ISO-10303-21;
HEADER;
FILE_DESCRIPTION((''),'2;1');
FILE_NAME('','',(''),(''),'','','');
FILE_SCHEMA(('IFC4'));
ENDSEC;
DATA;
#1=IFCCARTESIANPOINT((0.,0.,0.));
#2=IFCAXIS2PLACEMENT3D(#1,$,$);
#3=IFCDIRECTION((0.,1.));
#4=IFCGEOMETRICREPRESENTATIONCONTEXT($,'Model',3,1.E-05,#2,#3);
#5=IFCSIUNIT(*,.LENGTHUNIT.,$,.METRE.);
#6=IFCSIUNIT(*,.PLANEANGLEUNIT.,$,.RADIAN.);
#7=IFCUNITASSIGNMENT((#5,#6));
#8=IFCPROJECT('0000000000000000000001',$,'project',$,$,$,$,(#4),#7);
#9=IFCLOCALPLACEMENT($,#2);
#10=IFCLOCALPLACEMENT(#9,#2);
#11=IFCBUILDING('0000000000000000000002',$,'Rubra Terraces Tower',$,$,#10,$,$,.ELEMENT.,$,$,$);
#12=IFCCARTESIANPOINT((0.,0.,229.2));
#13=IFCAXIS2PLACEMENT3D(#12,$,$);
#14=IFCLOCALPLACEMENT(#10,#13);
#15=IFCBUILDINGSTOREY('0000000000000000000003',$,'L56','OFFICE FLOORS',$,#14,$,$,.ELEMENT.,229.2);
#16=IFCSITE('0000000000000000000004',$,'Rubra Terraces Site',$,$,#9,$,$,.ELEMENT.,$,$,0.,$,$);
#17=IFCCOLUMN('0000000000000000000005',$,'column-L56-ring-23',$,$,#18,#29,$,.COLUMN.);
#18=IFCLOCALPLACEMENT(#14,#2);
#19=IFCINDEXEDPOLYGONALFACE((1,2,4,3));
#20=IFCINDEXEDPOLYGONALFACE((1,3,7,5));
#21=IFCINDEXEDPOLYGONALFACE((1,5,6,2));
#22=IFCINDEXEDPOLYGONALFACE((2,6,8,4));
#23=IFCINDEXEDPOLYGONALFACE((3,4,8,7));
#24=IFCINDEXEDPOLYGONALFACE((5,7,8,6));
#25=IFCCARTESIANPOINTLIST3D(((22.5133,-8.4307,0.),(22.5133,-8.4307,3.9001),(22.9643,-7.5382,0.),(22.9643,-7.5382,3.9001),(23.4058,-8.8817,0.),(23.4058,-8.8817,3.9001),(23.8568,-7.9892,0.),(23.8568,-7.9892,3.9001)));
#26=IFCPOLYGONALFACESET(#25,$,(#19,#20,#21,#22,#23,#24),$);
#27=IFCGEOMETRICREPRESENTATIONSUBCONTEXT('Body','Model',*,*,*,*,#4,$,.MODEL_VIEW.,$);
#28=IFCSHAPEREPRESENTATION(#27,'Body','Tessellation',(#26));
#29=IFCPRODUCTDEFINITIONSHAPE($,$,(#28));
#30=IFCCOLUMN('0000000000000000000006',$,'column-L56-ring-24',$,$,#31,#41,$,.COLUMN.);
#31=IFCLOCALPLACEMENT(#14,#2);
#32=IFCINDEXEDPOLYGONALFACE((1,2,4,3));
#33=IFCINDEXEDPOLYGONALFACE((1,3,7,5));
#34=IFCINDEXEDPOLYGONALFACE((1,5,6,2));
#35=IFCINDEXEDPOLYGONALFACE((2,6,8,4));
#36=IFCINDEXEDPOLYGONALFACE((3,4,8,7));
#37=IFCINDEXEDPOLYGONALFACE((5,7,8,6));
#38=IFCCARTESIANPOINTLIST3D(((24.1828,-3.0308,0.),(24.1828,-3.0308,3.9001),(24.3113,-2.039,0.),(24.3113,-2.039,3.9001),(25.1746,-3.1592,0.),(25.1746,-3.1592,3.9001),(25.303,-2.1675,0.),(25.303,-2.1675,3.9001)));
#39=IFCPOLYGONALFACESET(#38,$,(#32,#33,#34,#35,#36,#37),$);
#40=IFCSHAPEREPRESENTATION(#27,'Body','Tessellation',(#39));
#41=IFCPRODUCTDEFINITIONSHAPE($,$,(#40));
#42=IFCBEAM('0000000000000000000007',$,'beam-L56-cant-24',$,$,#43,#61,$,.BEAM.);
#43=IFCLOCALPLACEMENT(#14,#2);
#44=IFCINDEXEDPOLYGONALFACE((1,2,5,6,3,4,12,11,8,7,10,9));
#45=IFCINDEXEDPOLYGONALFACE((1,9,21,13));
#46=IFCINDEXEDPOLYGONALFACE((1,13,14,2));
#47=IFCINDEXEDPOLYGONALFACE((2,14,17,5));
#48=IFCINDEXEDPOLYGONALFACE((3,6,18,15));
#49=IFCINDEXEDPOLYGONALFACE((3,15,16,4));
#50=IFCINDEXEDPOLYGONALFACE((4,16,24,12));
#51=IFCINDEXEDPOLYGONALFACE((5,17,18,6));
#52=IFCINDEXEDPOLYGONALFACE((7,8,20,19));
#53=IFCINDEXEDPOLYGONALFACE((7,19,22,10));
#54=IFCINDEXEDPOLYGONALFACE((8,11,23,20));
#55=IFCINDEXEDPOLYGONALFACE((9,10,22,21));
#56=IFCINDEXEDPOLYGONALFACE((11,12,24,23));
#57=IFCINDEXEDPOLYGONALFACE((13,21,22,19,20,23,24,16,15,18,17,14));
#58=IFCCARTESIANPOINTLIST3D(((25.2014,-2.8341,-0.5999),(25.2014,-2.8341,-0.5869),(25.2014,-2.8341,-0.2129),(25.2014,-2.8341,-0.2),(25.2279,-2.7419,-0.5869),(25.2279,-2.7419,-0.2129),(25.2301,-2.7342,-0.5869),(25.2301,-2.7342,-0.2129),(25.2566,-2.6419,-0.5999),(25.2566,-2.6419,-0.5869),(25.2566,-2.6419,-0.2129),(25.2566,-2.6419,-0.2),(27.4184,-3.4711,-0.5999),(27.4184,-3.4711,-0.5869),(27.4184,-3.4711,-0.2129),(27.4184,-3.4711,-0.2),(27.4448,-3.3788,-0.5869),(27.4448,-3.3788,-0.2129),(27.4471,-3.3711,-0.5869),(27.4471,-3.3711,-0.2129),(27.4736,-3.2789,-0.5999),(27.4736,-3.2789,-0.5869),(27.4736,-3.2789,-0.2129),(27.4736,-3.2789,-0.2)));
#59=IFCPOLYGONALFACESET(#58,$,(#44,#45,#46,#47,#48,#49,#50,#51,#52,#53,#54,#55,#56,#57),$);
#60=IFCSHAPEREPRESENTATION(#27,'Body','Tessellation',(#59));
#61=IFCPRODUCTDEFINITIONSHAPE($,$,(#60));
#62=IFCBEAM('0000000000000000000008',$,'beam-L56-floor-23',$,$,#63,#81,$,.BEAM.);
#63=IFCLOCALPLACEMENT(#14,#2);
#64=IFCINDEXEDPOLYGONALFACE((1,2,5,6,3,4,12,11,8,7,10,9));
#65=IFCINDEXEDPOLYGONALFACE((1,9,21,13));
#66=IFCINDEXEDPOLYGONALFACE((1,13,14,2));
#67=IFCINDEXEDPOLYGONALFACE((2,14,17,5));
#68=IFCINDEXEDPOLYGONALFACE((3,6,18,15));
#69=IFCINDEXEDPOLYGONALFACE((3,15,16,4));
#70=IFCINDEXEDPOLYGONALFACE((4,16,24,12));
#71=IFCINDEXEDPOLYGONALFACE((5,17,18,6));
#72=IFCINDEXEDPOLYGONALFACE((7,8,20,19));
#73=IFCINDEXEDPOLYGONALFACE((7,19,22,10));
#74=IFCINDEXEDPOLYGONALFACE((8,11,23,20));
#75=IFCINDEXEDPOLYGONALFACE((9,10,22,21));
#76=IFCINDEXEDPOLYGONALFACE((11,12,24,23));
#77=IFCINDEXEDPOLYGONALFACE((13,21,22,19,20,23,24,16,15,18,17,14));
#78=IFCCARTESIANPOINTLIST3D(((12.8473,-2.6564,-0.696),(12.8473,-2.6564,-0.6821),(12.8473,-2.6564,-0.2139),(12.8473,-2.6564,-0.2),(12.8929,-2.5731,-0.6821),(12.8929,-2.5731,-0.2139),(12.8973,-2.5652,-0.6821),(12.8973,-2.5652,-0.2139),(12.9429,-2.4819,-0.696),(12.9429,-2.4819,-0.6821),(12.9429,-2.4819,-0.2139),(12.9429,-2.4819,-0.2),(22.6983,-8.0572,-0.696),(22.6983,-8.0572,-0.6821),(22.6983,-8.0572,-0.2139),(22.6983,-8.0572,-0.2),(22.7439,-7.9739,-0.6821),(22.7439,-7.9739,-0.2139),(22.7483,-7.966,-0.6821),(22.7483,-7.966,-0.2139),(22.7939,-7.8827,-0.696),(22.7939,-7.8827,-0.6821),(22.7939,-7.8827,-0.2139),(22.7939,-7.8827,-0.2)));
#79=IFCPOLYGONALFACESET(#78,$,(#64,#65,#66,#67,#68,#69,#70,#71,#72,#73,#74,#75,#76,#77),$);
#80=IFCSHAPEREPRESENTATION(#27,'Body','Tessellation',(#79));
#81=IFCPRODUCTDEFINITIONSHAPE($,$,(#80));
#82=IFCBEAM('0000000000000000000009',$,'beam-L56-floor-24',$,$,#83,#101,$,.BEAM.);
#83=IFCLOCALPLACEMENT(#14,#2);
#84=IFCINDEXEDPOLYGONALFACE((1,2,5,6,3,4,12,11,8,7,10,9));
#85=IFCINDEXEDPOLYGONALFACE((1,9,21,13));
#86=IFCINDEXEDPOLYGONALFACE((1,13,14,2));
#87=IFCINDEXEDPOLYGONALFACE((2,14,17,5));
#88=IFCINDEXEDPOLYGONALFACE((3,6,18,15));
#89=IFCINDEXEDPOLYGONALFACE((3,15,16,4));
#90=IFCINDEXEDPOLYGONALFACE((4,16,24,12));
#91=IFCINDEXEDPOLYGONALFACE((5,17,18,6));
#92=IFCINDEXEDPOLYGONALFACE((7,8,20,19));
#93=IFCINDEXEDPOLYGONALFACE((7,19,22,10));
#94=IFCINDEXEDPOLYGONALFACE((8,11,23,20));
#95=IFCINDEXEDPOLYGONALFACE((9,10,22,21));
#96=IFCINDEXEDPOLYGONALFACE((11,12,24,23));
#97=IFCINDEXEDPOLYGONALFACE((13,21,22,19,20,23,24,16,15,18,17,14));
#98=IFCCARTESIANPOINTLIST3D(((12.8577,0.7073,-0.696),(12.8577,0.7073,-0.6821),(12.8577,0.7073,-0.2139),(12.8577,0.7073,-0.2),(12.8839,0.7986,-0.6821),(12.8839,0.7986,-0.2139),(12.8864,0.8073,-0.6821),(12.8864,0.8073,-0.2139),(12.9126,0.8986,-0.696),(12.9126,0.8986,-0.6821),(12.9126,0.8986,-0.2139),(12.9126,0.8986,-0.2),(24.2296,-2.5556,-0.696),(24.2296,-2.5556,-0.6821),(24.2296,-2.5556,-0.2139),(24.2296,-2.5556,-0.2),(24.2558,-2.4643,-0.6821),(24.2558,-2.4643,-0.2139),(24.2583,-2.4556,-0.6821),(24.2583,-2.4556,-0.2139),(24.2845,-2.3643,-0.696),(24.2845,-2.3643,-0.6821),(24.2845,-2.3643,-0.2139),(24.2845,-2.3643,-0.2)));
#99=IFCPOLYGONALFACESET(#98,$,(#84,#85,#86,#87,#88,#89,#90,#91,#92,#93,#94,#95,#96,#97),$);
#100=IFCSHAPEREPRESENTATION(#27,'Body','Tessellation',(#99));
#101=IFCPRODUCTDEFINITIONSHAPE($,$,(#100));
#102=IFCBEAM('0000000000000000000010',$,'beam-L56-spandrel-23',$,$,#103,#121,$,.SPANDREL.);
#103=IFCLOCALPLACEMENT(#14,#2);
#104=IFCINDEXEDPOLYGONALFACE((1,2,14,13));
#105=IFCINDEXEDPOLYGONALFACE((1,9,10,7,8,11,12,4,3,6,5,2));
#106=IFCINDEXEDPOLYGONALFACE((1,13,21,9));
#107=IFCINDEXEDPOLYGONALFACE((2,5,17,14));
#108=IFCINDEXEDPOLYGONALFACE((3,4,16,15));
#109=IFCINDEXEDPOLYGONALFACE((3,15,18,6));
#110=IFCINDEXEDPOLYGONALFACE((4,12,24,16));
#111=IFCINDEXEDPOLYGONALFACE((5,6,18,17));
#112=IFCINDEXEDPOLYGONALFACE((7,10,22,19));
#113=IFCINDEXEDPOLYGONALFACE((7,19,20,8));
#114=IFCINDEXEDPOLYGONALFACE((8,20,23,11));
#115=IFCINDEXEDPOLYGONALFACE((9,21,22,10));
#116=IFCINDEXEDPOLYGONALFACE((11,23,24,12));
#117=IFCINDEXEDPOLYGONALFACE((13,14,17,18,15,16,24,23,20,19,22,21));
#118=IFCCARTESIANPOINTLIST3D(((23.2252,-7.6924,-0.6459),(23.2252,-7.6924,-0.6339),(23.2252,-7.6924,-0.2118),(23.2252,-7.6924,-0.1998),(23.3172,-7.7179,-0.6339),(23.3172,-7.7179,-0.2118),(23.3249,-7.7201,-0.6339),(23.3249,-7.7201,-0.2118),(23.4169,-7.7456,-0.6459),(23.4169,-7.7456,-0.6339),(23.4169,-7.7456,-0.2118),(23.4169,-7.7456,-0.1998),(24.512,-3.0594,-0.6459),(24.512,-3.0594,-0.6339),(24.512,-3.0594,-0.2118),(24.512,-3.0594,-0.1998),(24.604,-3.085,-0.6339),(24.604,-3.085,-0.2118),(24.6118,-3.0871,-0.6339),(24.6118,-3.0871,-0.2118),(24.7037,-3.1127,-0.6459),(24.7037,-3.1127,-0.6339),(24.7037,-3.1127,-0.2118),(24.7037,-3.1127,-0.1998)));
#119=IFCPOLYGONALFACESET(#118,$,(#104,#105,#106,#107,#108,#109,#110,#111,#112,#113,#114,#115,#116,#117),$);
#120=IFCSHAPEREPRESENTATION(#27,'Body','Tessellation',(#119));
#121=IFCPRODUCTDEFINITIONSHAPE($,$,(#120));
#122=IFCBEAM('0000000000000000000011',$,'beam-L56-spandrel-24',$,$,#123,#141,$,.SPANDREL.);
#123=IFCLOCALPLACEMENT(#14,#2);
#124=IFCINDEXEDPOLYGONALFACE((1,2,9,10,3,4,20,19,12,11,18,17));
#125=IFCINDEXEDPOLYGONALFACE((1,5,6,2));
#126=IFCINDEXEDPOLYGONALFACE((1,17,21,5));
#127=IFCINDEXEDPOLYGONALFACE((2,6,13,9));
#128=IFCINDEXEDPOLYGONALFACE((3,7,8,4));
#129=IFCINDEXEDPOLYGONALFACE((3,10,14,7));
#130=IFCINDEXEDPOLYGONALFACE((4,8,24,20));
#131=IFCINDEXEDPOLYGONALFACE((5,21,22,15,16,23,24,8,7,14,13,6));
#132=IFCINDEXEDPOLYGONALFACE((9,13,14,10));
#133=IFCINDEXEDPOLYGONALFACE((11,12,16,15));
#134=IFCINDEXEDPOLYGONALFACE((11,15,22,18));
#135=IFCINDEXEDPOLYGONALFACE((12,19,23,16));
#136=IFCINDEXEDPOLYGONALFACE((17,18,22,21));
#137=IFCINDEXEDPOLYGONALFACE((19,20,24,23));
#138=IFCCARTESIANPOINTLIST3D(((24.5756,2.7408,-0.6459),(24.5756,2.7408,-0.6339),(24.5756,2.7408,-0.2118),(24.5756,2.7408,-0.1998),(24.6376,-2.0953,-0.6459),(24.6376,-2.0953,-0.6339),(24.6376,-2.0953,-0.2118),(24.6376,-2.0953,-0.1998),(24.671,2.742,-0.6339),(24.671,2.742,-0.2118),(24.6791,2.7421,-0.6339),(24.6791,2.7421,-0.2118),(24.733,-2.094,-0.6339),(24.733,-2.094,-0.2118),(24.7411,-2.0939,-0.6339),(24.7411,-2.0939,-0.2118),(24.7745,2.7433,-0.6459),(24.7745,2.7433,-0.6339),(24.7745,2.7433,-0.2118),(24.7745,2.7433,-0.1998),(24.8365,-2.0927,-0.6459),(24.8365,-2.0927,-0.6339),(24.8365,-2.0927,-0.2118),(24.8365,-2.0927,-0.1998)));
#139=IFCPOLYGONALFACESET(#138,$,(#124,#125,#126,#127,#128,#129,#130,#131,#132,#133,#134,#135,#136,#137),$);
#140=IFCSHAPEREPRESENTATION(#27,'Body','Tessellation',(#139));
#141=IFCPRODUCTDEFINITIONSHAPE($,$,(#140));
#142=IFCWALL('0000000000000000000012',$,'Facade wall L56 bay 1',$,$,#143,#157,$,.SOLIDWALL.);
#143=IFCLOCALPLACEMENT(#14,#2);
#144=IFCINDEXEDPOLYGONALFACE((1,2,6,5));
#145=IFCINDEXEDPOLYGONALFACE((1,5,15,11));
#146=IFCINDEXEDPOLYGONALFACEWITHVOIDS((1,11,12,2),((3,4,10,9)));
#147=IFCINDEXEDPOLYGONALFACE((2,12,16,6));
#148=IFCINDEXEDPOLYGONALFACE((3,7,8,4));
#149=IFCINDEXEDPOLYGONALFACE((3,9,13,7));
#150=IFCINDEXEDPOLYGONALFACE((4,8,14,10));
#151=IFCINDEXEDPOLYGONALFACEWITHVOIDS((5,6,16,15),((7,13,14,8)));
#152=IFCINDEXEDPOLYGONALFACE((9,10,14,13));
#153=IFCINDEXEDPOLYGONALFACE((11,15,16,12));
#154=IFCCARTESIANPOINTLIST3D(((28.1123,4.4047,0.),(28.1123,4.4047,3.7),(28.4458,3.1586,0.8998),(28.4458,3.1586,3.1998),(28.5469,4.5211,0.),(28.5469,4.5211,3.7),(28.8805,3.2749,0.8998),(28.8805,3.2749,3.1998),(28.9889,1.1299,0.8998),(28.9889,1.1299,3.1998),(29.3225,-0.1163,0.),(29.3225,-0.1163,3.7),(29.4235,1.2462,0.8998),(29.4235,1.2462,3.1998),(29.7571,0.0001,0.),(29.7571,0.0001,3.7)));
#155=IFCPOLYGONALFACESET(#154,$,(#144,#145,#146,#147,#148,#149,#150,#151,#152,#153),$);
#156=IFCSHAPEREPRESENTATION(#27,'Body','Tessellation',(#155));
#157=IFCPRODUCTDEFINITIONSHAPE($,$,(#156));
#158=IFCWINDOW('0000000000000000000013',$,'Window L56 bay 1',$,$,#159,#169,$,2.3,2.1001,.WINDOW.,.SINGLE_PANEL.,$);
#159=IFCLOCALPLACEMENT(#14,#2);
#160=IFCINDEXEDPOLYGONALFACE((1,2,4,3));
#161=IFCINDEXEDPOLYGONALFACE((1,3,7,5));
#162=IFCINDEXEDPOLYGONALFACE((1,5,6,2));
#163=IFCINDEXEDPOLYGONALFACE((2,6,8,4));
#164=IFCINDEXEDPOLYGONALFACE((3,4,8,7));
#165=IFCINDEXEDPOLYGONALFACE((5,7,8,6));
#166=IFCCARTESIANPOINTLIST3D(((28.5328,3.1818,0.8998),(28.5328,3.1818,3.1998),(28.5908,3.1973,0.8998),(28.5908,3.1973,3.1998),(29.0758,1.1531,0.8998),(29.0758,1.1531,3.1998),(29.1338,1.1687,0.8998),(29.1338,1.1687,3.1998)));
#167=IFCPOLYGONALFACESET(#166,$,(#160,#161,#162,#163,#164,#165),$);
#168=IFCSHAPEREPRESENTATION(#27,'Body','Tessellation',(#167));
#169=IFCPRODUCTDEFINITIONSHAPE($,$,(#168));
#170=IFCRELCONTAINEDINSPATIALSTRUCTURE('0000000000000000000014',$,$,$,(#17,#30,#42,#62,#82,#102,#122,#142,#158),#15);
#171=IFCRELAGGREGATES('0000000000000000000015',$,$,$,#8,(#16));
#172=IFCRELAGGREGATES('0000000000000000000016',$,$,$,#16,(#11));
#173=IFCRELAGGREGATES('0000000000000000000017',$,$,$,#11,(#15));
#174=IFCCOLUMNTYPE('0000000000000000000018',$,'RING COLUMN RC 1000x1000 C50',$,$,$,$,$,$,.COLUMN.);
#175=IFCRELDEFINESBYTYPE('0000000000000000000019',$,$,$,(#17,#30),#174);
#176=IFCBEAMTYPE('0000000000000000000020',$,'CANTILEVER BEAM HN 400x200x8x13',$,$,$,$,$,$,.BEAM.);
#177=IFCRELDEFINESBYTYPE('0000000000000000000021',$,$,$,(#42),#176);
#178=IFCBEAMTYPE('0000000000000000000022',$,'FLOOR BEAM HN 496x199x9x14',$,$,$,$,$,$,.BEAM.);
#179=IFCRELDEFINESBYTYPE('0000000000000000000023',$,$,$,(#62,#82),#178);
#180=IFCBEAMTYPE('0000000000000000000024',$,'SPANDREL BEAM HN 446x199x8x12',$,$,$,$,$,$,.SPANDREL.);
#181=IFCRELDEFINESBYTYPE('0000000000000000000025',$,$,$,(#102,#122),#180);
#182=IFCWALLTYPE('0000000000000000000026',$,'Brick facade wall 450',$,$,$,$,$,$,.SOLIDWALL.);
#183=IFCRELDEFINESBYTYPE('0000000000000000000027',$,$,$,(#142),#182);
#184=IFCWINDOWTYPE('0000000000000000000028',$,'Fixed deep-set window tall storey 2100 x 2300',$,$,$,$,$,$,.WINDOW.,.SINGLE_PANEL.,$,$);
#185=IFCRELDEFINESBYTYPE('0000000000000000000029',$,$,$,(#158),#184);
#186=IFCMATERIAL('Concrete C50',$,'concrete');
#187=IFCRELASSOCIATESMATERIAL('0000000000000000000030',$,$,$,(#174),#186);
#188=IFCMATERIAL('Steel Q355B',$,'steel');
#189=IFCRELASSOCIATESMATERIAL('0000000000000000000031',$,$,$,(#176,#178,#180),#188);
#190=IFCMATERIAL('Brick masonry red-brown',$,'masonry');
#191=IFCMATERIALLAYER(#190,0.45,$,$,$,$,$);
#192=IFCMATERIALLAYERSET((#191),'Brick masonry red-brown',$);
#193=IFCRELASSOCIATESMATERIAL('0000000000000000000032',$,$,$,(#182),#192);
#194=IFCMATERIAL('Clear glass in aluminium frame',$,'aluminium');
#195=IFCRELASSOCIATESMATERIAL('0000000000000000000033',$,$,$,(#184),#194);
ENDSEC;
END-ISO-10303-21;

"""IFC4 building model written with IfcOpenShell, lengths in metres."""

from ifc_helpers import new_model, si_unit, direction, frame, frame_2d, origin, origin_2d, place, context, subcontext, project, spatial, rectangle, i_section, extrude, material, layer, layer_set, material_profile, profile_set, type_object, element, fill, save


model = new_model("IFC4")

# Units and contexts
model_context = context("Model", 3, precision=1e-05, world=origin(), true_north=direction((0.0, 1.0)))
body_context = subcontext(model_context, "Body", "Model", "MODEL_VIEW")
ifc_project = project(units=[si_unit("LENGTHUNIT", "METRE"), si_unit("PLANEANGLEUNIT", "RADIAN")], contexts=[model_context])

# Site, building, storey
site_placement = place(None, origin())
site = spatial("IfcSite", under=ifc_project, at=site_placement, Name="Rubra Terraces Site", CompositionType="ELEMENT", RefElevation=0.0)
building_placement = place(site_placement, origin())
building = spatial("IfcBuilding", under=site, at=building_placement, Name="Rubra Terraces Tower", CompositionType="ELEMENT")
storey_placement = place(building_placement, frame((0.0, 0.0, 229.2)))
storey = spatial("IfcBuildingStorey", under=building, at=storey_placement, Name="L56", Description="OFFICE FLOORS", CompositionType="ELEMENT", Elevation=229.2)

# Columns
ifc_material_1 = material(Name="Concrete C50", Category="concrete")
ifc_material_profile_1 = material_profile(ifc_material_1, rectangle(XDim=1.0, YDim=1.0, at=origin_2d()), Name="RC 1000x1000")
ifc_profile_set_1 = profile_set([ifc_material_profile_1], Name="Concrete C50")
column_type = type_object("IfcColumnType", Name="RING COLUMN RC 1000x1000 C50", PredefinedType="COLUMN", material=ifc_profile_set_1)
for number, where, z_axis, x_axis, name in (
    (1, (23.1851, -8.21, 0.0), (0.0, 0.0, 1.0), (0.451028, 0.89251, 0.0), "column-L56-ring-23"),
    (2, (24.7429, -2.5991, 0.0), (0.0, 0.0, 1.0), (0.128444, 0.991717, 0.0), "column-L56-ring-24"),
):
    element("IfcColumn", number, at=place(storey_placement, frame(where, z_axis=z_axis, x_axis=x_axis)), inside=storey, type_object=column_type, Name=name, PredefinedType="COLUMN", context=body_context, shape_type="SweptSolid", body=[
        extrude(rectangle(XDim=1.0, YDim=1.0, at=origin_2d()), origin(), (0.0, 0.0, 1.0), 3.9001),
    ])

# Beams
ifc_material_2 = material(Name="Steel Q355B", Category="steel")
ifc_material_profile_2 = material_profile(ifc_material_2, i_section(OverallWidth=0.2, OverallDepth=0.3999, WebThickness=0.0081, FlangeThickness=0.0129, at=origin_2d()), Name="HN 400x200x8x13")
ifc_profile_set_2 = profile_set([ifc_material_profile_2], Name="Steel Q355B")
beam_type_1 = type_object("IfcBeamType", Name="CANTILEVER BEAM HN 400x200x8x13", PredefinedType="BEAM", material=ifc_profile_set_2)
beam_1_placement = place(storey_placement, frame((25.229, -2.738, -0.3999), z_axis=(0.96112, -0.276133, 0.0), x_axis=(0.276133, 0.96112, 0.0)))
element("IfcBeam", 3, at=beam_1_placement, inside=storey, type_object=beam_type_1, Name="beam-L56-cant-24", PredefinedType="BEAM", context=body_context, shape_type="SweptSolid", body=[
    extrude(i_section(OverallWidth=0.2, OverallDepth=0.3999, WebThickness=0.0081, FlangeThickness=0.0129, at=origin_2d()), origin(), (0.0, 0.0, 1.0), 2.3066),
])
ifc_material_profile_3 = material_profile(ifc_material_2, i_section(OverallWidth=0.199, OverallDepth=0.4961, WebThickness=0.009, FlangeThickness=0.0139, at=origin_2d()), Name="HN 496x199x9x14")
ifc_profile_set_3 = profile_set([ifc_material_profile_3], Name="Steel Q355B")
beam_type_2 = type_object("IfcBeamType", Name="FLOOR BEAM HN 496x199x9x14", PredefinedType="BEAM", material=ifc_profile_set_3)
beam_2_placement = place(storey_placement, frame((22.7461, -7.97, -0.448), z_axis=(-0.876862, 0.480742, 0.0), x_axis=(-0.480742, -0.876862, 0.0)))
element("IfcBeam", 4, at=beam_2_placement, inside=storey, type_object=beam_type_2, Name="beam-L56-floor-23", PredefinedType="BEAM", context=body_context, shape_type="SweptSolid", body=[
    extrude(i_section(OverallWidth=0.199, OverallDepth=0.4961, WebThickness=0.009, FlangeThickness=0.0139, at=origin_2d()), origin(), (0.0, 0.0, 1.0), 11.2344),
])
beam_3_placement = place(storey_placement, frame((24.2571, -2.46, -0.448), z_axis=(-0.961216, 0.275798, 0.0), x_axis=(-0.275798, -0.961216, 0.0)))
element("IfcBeam", 5, at=beam_3_placement, inside=storey, type_object=beam_type_2, Name="beam-L56-floor-24", PredefinedType="BEAM", context=body_context, shape_type="SweptSolid", body=[
    extrude(i_section(OverallWidth=0.199, OverallDepth=0.4961, WebThickness=0.009, FlangeThickness=0.0139, at=origin_2d()), origin(), (0.0, 0.0, 1.0), 11.8308),
])
ifc_material_profile_4 = material_profile(ifc_material_2, i_section(OverallWidth=0.199, OverallDepth=0.446, WebThickness=0.0081, FlangeThickness=0.012, at=origin_2d()), Name="HN 446x199x8x12")
ifc_profile_set_4 = profile_set([ifc_material_profile_4], Name="Steel Q355B")
beam_type_3 = type_object("IfcBeamType", Name="SPANDREL BEAM HN 446x199x8x12", PredefinedType="SPANDREL", material=ifc_profile_set_4)
beam_4_placement = place(storey_placement, frame((23.321, -7.719, -0.4229), z_axis=(0.267626, 0.963523, 0.0), x_axis=(-0.963523, 0.267626, 0.0)))
element("IfcBeam", 6, at=beam_4_placement, inside=storey, type_object=beam_type_3, Name="beam-L56-spandrel-23", PredefinedType="SPANDREL", context=body_context, shape_type="SweptSolid", body=[
    extrude(i_section(OverallWidth=0.199, OverallDepth=0.446, WebThickness=0.0081, FlangeThickness=0.012, at=origin_2d()), origin(), (0.0, 0.0, 1.0), 4.8083),
])
beam_5_placement = place(storey_placement, frame((24.7371, -2.094, -0.4229), z_axis=(-0.012822, 0.999918, 0.0), x_axis=(-0.999918, -0.012822, 0.0)))
element("IfcBeam", 7, at=beam_5_placement, inside=storey, type_object=beam_type_3, Name="beam-L56-spandrel-24", PredefinedType="SPANDREL", context=body_context, shape_type="SweptSolid", body=[
    extrude(i_section(OverallWidth=0.199, OverallDepth=0.446, WebThickness=0.0081, FlangeThickness=0.012, at=origin_2d()), origin(), (0.0, 0.0, 1.0), 4.8364),
])

# Wall, opening, window
ifc_material_3 = material(Name="Brick masonry red-brown", Category="masonry")
ifc_layer_1 = layer(ifc_material_3, 0.45)
ifc_layer_set_1 = layer_set([ifc_layer_1], Name="Brick masonry red-brown")
wall_type_1 = type_object("IfcWallType", Name="Brick facade wall 450", PredefinedType="SOLIDWALL", material=ifc_layer_set_1)
wall_1_placement = place(storey_placement, frame((29.5398, -0.0581, 0.0), z_axis=(0.0, 0.0, 1.0), x_axis=(-0.258581, 0.965989, 0.0)))
wall_1 = element("IfcWall", 8, at=wall_1_placement, inside=storey, type_object=wall_type_1, Name="Facade wall L56 bay 1", PredefinedType="SOLIDWALL", context=body_context, shape_type="SweptSolid", body=[
    extrude(rectangle(XDim=4.6802, YDim=0.45, at=frame_2d((2.3401, 0.0))), origin(), (0.0, 0.0, 1.0), 3.7),
])
opening_1_placement = place(wall_1_placement, frame((1.29, 0.0, 0.8999)))
opening_1 = element("IfcOpeningElement", 9, at=opening_1_placement, cuts=wall_1, PredefinedType="OPENING", context=body_context, shape_type="SweptSolid", body=[
    extrude(rectangle(XDim=2.1001, YDim=2.3, at=frame_2d((1.05, 1.1499))), frame((0.0, 0.2349, 0.0), z_axis=(0.0, -1.0, 0.0), x_axis=(1.0, 0.0, 0.0)), (0.0, 0.0, 1.0), 0.47),
])
ifc_material_4 = material(Name="Clear glass in aluminium frame", Category="aluminium")
window_type = type_object("IfcWindowType", Name="Fixed deep-set window tall storey 2100 x 2300", PartitioningType="SINGLE_PANEL", PredefinedType="WINDOW", material=ifc_material_4)
window_1_placement = place(opening_1_placement, origin())
window_1 = element("IfcWindow", 10, at=window_1_placement, inside=storey, type_object=window_type, Name="Window L56 bay 1", OverallHeight=2.3, OverallWidth=2.1001, PartitioningType="SINGLE_PANEL", PredefinedType="WINDOW", context=body_context, shape_type="SweptSolid", body=[
    extrude(rectangle(XDim=2.1001, YDim=2.3, at=frame_2d((1.05, 1.1499))), frame((0.0, 0.135, 0.0), z_axis=(0.0, -1.0, 0.0), x_axis=(1.0, 0.0, 0.0)), (0.0, 0.0, 1.0), 0.0601),
])
fill(opening_1, window_1)

save(model, "model.ifc")
